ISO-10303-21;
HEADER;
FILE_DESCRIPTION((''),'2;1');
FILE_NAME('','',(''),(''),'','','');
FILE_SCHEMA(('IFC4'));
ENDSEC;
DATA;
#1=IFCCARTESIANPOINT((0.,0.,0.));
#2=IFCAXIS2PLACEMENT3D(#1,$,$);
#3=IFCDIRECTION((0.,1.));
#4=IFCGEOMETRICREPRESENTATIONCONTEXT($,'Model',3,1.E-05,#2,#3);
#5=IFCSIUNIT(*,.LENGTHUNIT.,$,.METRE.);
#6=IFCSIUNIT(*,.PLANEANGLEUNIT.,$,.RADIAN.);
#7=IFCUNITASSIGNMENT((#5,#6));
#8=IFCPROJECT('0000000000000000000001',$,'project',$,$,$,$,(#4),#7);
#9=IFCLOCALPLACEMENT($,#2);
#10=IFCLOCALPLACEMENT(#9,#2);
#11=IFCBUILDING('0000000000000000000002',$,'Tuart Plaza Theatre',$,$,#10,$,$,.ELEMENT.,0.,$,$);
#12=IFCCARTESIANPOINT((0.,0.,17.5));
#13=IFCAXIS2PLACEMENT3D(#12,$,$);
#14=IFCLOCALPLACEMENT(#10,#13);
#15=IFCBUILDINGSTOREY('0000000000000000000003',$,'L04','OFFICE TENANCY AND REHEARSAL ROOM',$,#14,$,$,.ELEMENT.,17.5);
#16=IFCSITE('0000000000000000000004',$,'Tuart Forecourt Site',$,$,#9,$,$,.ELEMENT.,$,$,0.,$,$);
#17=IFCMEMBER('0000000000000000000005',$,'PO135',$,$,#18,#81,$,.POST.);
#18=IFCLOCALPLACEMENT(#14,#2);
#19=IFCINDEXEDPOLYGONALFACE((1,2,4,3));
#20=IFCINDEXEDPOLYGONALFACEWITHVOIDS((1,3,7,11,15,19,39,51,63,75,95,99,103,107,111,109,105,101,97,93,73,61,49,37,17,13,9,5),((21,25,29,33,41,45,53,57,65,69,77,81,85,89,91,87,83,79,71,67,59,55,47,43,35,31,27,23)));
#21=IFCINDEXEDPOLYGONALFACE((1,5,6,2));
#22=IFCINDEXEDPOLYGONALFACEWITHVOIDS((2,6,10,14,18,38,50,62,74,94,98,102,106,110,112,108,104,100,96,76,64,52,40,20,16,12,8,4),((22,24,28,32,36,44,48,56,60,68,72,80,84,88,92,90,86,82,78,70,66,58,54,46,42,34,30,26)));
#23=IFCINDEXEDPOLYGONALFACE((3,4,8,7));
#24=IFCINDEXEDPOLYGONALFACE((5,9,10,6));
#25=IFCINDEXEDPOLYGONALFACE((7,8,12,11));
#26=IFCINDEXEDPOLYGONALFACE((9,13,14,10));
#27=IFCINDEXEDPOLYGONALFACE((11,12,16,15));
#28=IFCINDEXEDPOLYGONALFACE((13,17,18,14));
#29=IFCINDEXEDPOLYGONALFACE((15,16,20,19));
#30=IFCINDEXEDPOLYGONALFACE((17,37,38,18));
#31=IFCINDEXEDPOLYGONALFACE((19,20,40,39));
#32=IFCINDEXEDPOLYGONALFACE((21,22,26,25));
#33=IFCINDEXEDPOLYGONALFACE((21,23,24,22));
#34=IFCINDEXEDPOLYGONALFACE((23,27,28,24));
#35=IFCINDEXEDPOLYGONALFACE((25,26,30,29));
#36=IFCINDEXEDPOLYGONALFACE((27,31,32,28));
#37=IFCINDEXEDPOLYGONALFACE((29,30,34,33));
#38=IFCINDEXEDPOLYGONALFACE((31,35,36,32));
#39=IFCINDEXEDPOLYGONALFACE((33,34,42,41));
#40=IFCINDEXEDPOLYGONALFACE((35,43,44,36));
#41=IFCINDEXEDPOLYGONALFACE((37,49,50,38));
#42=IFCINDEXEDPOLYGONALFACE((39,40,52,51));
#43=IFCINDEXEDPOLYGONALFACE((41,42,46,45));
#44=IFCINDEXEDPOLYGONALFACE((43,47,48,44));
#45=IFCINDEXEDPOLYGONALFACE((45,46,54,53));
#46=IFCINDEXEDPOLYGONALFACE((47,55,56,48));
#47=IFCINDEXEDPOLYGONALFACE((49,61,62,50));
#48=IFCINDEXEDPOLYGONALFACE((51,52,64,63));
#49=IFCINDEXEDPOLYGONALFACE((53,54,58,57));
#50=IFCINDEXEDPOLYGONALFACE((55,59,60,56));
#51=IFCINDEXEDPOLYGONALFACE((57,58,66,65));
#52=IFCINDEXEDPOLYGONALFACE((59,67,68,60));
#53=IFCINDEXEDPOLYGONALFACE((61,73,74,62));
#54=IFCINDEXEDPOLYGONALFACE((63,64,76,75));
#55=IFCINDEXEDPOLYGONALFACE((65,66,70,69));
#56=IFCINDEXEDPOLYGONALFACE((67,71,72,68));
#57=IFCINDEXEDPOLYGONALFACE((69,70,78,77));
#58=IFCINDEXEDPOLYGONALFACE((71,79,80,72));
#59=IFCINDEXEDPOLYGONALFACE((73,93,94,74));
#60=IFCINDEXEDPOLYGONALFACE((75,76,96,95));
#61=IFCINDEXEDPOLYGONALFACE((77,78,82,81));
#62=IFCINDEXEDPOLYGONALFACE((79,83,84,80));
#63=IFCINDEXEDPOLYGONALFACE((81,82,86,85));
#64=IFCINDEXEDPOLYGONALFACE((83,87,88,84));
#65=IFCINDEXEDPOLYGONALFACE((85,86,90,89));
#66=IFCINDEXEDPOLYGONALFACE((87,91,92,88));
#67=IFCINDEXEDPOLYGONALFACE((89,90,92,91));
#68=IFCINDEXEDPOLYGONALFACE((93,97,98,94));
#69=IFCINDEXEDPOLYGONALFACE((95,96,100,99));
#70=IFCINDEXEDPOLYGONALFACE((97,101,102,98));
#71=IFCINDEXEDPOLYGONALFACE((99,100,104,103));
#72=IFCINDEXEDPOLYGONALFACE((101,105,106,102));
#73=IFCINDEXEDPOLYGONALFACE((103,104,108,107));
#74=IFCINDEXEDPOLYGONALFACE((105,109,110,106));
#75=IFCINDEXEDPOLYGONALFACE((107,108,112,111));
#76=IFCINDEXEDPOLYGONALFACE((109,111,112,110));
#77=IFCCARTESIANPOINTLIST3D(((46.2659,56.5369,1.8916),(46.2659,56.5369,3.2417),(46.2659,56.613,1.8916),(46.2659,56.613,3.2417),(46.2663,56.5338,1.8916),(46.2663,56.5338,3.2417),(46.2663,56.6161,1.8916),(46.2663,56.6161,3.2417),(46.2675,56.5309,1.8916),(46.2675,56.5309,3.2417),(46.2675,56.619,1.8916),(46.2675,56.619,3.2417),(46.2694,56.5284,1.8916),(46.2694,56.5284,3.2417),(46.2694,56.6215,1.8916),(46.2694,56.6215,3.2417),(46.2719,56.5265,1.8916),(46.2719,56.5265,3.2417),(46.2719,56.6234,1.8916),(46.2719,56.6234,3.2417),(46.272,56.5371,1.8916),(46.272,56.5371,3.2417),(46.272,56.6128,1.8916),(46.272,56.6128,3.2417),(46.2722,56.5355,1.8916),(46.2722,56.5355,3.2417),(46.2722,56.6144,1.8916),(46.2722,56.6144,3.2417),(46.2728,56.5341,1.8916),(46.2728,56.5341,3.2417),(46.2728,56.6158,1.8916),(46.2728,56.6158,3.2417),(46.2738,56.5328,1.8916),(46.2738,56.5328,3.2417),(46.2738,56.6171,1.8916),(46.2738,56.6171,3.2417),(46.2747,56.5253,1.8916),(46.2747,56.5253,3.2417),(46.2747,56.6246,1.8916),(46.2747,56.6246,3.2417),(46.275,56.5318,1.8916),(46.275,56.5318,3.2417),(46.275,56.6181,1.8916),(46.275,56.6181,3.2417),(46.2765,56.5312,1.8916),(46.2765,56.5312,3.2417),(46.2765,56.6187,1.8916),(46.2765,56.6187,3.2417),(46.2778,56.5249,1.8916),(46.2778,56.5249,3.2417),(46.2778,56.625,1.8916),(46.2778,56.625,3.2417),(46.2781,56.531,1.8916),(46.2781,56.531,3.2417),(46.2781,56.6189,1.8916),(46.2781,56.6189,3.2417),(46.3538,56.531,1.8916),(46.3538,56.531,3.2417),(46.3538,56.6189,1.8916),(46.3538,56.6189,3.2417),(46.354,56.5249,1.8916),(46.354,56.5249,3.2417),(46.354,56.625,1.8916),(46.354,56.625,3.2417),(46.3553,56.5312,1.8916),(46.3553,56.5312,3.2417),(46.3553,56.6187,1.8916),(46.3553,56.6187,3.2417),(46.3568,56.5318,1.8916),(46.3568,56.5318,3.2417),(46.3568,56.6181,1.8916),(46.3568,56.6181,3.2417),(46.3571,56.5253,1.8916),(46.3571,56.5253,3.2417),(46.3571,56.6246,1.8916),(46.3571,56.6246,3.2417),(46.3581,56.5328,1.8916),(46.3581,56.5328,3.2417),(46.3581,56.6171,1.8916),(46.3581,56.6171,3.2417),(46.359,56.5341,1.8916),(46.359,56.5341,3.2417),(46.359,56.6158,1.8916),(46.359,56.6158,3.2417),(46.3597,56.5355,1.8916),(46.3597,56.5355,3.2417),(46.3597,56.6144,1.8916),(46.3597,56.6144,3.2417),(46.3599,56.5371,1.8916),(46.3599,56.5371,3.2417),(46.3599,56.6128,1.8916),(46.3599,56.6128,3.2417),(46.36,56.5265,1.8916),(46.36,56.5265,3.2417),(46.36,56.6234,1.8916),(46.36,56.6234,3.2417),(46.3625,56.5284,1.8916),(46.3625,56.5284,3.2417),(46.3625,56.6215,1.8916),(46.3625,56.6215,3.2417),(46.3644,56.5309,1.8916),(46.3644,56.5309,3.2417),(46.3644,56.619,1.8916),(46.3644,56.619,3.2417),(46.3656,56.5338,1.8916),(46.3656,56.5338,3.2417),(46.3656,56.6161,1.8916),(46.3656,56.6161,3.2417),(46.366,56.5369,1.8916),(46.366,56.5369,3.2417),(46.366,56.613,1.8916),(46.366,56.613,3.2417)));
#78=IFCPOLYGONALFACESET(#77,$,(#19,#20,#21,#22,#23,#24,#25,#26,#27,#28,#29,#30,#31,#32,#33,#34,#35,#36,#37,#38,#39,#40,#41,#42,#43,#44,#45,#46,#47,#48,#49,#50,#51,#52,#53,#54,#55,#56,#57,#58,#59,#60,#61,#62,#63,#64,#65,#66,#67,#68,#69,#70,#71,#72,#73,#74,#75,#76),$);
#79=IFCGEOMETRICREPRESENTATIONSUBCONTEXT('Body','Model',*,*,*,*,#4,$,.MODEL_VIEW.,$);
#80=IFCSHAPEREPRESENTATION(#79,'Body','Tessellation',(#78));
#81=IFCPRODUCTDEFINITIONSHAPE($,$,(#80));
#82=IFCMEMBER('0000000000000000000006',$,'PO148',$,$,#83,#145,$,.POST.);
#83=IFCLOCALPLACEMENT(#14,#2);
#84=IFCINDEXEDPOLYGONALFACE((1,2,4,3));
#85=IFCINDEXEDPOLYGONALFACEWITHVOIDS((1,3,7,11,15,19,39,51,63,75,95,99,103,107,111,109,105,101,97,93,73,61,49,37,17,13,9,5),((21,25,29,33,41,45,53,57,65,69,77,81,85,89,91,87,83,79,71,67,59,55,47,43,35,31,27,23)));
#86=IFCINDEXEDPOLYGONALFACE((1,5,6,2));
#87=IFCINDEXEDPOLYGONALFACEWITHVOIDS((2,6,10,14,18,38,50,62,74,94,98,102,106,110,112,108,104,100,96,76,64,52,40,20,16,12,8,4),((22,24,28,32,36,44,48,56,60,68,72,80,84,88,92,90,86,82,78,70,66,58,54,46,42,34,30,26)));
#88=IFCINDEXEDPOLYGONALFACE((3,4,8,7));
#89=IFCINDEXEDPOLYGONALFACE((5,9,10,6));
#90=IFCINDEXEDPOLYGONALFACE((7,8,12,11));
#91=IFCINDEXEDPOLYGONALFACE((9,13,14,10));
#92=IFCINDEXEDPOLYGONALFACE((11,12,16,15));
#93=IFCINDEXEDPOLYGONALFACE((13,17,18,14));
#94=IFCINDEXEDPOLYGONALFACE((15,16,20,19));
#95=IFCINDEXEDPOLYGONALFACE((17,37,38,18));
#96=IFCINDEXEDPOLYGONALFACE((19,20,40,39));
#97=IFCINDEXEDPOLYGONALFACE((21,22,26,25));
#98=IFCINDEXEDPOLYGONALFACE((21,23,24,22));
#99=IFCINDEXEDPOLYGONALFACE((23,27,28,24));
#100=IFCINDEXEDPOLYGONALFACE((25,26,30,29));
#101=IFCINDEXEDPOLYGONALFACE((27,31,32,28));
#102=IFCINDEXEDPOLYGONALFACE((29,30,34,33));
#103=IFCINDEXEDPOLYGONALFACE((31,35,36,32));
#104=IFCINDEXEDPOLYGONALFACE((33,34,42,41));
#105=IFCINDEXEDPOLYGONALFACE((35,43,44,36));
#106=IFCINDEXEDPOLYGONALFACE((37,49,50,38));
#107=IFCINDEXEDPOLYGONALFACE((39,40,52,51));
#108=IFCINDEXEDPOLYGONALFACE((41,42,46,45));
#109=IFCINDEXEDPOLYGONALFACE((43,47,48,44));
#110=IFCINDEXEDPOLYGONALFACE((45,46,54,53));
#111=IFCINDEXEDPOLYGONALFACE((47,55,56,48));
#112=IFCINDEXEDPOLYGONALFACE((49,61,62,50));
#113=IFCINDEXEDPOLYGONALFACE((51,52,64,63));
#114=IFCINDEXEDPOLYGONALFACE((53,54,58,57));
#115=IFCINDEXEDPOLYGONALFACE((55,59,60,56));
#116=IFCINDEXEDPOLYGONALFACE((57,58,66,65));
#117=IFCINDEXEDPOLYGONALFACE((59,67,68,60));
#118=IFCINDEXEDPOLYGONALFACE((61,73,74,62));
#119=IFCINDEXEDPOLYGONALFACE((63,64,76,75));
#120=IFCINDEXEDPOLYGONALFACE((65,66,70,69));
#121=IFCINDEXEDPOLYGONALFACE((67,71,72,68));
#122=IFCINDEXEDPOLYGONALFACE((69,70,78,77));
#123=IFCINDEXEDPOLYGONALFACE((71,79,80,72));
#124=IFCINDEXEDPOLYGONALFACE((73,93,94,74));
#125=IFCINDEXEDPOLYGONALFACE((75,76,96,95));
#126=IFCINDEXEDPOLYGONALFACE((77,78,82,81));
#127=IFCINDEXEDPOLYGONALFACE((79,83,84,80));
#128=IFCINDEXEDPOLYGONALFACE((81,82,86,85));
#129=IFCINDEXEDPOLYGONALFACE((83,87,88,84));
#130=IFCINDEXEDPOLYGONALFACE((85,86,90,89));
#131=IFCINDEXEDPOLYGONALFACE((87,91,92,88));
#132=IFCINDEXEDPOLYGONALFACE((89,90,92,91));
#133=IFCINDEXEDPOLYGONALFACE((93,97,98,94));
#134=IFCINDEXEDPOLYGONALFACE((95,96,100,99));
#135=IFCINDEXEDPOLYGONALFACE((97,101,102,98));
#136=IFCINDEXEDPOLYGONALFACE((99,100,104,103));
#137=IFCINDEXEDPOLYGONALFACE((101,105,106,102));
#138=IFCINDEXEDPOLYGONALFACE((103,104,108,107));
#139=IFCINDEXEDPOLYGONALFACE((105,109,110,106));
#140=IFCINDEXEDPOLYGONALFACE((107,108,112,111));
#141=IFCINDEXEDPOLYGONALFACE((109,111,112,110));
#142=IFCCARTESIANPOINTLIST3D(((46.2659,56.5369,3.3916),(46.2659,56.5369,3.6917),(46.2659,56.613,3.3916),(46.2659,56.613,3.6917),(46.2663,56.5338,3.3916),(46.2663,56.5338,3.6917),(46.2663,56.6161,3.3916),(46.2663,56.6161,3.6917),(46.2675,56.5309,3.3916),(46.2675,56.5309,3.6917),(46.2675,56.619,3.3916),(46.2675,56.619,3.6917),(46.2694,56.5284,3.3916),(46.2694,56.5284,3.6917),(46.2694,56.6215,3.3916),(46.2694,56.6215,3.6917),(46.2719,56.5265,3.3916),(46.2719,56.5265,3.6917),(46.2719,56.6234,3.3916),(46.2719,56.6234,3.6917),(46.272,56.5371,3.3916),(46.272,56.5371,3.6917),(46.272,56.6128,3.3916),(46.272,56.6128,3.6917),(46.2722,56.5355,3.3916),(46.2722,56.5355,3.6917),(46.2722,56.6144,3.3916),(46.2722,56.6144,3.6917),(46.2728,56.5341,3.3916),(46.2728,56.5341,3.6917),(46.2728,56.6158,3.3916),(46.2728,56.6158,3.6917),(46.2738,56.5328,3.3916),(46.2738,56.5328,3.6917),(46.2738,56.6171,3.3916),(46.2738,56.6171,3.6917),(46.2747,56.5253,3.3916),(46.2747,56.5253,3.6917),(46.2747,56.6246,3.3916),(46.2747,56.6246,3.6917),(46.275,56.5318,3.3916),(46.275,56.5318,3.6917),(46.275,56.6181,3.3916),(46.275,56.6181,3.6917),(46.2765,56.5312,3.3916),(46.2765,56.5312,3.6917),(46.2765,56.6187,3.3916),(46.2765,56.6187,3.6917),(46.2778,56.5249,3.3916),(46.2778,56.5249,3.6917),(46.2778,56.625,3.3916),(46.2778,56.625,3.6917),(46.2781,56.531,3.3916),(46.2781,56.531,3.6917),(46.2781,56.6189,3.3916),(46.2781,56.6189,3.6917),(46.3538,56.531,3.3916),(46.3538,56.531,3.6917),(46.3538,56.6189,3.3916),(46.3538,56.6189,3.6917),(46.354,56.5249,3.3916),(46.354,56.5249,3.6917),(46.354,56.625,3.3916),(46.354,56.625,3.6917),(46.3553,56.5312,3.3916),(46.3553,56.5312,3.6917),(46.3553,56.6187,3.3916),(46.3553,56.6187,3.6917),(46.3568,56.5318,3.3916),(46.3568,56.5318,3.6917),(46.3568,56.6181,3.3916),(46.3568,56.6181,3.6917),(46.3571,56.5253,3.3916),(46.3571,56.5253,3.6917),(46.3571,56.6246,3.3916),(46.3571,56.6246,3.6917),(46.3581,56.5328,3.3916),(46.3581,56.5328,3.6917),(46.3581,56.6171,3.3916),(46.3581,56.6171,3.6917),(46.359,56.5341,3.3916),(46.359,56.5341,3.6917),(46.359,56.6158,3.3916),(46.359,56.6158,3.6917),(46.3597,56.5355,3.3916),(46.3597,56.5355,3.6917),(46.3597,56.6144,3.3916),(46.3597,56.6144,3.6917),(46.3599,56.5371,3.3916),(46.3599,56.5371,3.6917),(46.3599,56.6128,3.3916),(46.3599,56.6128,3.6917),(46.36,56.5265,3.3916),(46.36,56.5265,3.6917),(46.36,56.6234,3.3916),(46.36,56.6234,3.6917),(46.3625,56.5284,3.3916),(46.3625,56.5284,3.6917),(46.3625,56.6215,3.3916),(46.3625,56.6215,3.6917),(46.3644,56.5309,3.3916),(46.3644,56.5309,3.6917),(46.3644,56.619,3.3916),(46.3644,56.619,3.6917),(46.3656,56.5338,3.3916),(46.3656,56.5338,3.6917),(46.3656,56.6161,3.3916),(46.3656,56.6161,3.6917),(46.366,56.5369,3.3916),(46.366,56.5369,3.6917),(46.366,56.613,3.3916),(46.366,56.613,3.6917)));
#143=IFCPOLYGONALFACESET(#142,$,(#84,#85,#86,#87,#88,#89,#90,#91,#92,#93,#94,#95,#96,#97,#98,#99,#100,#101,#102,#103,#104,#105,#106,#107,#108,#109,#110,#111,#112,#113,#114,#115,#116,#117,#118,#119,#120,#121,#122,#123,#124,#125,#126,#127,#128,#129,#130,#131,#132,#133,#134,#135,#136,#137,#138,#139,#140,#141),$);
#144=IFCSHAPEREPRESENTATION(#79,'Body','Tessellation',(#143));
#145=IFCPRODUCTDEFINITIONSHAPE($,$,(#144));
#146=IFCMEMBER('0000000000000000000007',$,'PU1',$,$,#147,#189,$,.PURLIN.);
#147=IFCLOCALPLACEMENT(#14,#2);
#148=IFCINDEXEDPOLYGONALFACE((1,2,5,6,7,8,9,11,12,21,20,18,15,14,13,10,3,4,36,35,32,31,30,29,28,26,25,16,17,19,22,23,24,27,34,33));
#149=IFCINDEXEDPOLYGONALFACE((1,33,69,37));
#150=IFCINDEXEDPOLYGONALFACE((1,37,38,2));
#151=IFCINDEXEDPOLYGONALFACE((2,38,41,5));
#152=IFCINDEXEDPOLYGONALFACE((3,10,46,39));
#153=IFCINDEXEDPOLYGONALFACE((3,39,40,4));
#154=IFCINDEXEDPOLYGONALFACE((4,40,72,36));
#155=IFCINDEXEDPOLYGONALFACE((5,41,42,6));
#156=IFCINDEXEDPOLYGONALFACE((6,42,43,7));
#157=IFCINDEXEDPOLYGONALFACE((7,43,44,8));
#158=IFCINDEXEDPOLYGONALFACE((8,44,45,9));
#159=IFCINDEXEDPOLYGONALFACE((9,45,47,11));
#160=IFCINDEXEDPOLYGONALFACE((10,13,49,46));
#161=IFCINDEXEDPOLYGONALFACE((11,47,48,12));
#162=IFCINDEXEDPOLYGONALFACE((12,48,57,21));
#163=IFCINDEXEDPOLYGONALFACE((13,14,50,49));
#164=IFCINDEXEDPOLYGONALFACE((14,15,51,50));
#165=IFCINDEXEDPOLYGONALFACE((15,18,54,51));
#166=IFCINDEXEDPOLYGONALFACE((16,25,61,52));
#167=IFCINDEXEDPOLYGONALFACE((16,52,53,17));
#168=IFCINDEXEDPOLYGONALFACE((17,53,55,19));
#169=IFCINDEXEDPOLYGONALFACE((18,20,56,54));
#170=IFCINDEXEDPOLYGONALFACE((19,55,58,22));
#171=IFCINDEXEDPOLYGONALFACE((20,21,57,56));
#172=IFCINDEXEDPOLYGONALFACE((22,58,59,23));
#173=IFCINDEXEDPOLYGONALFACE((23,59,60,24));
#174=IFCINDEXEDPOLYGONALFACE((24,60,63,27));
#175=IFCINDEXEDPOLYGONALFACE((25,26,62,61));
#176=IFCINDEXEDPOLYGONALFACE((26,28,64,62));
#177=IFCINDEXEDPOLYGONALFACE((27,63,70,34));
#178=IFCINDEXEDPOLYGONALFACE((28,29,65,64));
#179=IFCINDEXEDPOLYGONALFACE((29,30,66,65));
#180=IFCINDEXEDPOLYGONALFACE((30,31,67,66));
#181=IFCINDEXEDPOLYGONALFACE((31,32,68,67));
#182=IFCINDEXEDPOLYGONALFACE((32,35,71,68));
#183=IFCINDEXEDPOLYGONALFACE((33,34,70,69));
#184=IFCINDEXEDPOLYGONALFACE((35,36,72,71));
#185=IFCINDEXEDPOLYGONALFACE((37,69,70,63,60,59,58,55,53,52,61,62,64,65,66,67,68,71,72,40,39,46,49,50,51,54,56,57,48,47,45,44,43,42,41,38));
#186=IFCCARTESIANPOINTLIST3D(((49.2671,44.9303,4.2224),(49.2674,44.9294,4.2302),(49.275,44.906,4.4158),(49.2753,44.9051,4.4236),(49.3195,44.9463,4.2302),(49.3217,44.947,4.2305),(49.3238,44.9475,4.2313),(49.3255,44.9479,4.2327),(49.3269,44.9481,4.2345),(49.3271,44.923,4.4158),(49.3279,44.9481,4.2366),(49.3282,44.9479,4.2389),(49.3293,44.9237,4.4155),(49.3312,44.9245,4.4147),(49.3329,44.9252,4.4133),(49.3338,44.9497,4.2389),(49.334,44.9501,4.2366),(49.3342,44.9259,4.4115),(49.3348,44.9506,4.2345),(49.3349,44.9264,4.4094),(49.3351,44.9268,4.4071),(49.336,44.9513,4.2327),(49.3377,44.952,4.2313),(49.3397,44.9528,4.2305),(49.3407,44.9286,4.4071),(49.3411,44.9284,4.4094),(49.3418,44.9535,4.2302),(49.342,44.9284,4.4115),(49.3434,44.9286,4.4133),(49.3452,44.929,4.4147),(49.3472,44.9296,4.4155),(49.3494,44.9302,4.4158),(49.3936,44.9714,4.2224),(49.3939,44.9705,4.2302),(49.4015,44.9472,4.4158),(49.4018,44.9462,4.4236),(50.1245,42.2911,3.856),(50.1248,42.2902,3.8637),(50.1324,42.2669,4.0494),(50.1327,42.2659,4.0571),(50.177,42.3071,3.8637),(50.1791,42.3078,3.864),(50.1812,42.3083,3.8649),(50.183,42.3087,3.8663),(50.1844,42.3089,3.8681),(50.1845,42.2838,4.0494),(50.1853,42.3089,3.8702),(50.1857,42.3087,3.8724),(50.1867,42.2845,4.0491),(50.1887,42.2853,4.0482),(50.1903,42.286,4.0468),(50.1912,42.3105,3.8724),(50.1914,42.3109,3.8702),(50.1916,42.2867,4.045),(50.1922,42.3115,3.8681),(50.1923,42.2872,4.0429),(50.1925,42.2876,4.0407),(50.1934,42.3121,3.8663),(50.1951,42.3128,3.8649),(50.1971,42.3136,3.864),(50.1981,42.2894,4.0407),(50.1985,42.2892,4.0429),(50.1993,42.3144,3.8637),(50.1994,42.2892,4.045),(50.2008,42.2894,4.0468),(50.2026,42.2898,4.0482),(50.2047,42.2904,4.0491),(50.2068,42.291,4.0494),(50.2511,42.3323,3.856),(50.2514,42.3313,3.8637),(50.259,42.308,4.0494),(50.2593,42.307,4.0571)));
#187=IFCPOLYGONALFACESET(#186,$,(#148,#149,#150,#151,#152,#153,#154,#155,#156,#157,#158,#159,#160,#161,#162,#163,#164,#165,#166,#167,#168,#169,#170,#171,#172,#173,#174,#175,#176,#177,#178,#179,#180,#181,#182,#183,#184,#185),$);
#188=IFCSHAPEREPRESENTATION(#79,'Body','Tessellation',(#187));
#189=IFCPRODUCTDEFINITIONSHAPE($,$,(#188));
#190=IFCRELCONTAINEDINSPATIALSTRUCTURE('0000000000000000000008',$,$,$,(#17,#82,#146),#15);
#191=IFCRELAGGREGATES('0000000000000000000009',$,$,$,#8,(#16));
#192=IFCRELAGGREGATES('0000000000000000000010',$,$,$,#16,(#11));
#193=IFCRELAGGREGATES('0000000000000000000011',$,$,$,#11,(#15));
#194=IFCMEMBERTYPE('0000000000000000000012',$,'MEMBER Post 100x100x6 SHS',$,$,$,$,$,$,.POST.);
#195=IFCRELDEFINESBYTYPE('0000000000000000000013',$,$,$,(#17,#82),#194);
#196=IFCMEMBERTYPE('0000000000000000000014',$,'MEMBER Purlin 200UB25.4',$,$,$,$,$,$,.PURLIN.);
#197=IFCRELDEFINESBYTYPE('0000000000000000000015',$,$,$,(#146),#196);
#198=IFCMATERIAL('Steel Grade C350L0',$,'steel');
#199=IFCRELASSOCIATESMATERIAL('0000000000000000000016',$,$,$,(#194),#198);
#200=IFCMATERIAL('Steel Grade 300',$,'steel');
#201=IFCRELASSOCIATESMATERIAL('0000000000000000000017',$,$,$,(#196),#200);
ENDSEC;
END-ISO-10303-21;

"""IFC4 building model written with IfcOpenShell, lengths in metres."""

from ifc_helpers import new_model, si_unit, direction, frame, origin, origin_2d, place, context, subcontext, project, spatial, hollow_rectangle, i_section, extrude, material, material_profile, profile_set, type_object, element, save


model = new_model("IFC4")

# Units and contexts
model_context = context("Model", 3, precision=1e-05, world=origin(), true_north=direction((0.0, 1.0)))
body_context = subcontext(model_context, "Body", "Model", "MODEL_VIEW")
ifc_project = project(units=[si_unit("LENGTHUNIT", "METRE"), si_unit("PLANEANGLEUNIT", "RADIAN")], contexts=[model_context])

# Site, building, storey
site_placement = place(None, origin())
site = spatial("IfcSite", under=ifc_project, at=site_placement, Name="Tuart Forecourt Site", CompositionType="ELEMENT", RefElevation=0.0)
building_placement = place(site_placement, origin())
building = spatial("IfcBuilding", under=site, at=building_placement, Name="Tuart Plaza Theatre", CompositionType="ELEMENT", ElevationOfRefHeight=0.0)
storey_placement = place(building_placement, frame((0.0, 0.0, 17.5)))
storey = spatial("IfcBuildingStorey", under=building, at=storey_placement, Name="L04", Description="OFFICE TENANCY AND REHEARSAL ROOM", CompositionType="ELEMENT", Elevation=17.5)

# Members
ifc_material_1 = material(Name="Steel Grade C350L0", Category="steel")
ifc_material_profile_1 = material_profile(ifc_material_1, hollow_rectangle(XDim=0.1001, YDim=0.1001, WallThickness=0.0061, InnerFilletRadius=0.0061, OuterFilletRadius=0.012, at=origin_2d()), Name="100x100x6 SHS")
ifc_profile_set_1 = profile_set([ifc_material_profile_1], Name="Steel Grade C350L0")
member_type_1 = type_object("IfcMemberType", Name="MEMBER Post 100x100x6 SHS", PredefinedType="POST", material=ifc_profile_set_1)
member_1_placement = place(storey_placement, frame((46.3159, 56.575, 1.8916), z_axis=(0.0, 0.0, 1.0), x_axis=(1.0, 0.0, 0.0)))
element("IfcMember", 1, at=member_1_placement, inside=storey, type_object=member_type_1, Name="PO135", PredefinedType="POST", context=body_context, shape_type="SweptSolid", body=[
    extrude(hollow_rectangle(XDim=0.1001, YDim=0.1001, WallThickness=0.0061, InnerFilletRadius=0.0061, OuterFilletRadius=0.012, at=origin_2d()), origin(), (0.0, 0.0, 1.0), 1.3501),
])
member_2_placement = place(storey_placement, frame((46.3159, 56.575, 3.3916), z_axis=(0.0, 0.0, 1.0), x_axis=(1.0, 0.0, 0.0)))
element("IfcMember", 2, at=member_2_placement, inside=storey, type_object=member_type_1, Name="PO148", PredefinedType="POST", context=body_context, shape_type="SweptSolid", body=[
    extrude(hollow_rectangle(XDim=0.1001, YDim=0.1001, WallThickness=0.0061, InnerFilletRadius=0.0061, OuterFilletRadius=0.012, at=origin_2d()), origin(), (0.0, 0.0, 1.0), 0.3),
])
ifc_material_2 = material(Name="Steel Grade 300", Category="steel")
ifc_material_profile_2 = material_profile(ifc_material_2, i_section(OverallWidth=0.1331, OverallDepth=0.2029, WebThickness=0.0059, FlangeThickness=0.0078, FilletRadius=0.0088, at=origin_2d()), Name="200UB25.4")
ifc_profile_set_2 = profile_set([ifc_material_profile_2], Name="Steel Grade 300")
member_type_2 = type_object("IfcMemberType", Name="MEMBER Purlin 200UB25.4", PredefinedType="PURLIN", material=ifc_profile_set_2)
member_3_placement = place(storey_placement, frame((50.1919, 42.2991, 3.9565), z_axis=(-0.306327, 0.94288, 0.130922), x_axis=(-0.951066, -0.308987, 0.0)))
element("IfcMember", 3, at=member_3_placement, inside=storey, type_object=member_type_2, Name="PU1", PredefinedType="PURLIN", context=body_context, shape_type="SweptSolid", body=[
    extrude(i_section(OverallWidth=0.1331, OverallDepth=0.2029, WebThickness=0.0059, FlangeThickness=0.0078, FilletRadius=0.0088, at=origin_2d()), origin(), (0.0, 0.0, 1.0), 2.7991),
])

save(model, "model.ifc")
